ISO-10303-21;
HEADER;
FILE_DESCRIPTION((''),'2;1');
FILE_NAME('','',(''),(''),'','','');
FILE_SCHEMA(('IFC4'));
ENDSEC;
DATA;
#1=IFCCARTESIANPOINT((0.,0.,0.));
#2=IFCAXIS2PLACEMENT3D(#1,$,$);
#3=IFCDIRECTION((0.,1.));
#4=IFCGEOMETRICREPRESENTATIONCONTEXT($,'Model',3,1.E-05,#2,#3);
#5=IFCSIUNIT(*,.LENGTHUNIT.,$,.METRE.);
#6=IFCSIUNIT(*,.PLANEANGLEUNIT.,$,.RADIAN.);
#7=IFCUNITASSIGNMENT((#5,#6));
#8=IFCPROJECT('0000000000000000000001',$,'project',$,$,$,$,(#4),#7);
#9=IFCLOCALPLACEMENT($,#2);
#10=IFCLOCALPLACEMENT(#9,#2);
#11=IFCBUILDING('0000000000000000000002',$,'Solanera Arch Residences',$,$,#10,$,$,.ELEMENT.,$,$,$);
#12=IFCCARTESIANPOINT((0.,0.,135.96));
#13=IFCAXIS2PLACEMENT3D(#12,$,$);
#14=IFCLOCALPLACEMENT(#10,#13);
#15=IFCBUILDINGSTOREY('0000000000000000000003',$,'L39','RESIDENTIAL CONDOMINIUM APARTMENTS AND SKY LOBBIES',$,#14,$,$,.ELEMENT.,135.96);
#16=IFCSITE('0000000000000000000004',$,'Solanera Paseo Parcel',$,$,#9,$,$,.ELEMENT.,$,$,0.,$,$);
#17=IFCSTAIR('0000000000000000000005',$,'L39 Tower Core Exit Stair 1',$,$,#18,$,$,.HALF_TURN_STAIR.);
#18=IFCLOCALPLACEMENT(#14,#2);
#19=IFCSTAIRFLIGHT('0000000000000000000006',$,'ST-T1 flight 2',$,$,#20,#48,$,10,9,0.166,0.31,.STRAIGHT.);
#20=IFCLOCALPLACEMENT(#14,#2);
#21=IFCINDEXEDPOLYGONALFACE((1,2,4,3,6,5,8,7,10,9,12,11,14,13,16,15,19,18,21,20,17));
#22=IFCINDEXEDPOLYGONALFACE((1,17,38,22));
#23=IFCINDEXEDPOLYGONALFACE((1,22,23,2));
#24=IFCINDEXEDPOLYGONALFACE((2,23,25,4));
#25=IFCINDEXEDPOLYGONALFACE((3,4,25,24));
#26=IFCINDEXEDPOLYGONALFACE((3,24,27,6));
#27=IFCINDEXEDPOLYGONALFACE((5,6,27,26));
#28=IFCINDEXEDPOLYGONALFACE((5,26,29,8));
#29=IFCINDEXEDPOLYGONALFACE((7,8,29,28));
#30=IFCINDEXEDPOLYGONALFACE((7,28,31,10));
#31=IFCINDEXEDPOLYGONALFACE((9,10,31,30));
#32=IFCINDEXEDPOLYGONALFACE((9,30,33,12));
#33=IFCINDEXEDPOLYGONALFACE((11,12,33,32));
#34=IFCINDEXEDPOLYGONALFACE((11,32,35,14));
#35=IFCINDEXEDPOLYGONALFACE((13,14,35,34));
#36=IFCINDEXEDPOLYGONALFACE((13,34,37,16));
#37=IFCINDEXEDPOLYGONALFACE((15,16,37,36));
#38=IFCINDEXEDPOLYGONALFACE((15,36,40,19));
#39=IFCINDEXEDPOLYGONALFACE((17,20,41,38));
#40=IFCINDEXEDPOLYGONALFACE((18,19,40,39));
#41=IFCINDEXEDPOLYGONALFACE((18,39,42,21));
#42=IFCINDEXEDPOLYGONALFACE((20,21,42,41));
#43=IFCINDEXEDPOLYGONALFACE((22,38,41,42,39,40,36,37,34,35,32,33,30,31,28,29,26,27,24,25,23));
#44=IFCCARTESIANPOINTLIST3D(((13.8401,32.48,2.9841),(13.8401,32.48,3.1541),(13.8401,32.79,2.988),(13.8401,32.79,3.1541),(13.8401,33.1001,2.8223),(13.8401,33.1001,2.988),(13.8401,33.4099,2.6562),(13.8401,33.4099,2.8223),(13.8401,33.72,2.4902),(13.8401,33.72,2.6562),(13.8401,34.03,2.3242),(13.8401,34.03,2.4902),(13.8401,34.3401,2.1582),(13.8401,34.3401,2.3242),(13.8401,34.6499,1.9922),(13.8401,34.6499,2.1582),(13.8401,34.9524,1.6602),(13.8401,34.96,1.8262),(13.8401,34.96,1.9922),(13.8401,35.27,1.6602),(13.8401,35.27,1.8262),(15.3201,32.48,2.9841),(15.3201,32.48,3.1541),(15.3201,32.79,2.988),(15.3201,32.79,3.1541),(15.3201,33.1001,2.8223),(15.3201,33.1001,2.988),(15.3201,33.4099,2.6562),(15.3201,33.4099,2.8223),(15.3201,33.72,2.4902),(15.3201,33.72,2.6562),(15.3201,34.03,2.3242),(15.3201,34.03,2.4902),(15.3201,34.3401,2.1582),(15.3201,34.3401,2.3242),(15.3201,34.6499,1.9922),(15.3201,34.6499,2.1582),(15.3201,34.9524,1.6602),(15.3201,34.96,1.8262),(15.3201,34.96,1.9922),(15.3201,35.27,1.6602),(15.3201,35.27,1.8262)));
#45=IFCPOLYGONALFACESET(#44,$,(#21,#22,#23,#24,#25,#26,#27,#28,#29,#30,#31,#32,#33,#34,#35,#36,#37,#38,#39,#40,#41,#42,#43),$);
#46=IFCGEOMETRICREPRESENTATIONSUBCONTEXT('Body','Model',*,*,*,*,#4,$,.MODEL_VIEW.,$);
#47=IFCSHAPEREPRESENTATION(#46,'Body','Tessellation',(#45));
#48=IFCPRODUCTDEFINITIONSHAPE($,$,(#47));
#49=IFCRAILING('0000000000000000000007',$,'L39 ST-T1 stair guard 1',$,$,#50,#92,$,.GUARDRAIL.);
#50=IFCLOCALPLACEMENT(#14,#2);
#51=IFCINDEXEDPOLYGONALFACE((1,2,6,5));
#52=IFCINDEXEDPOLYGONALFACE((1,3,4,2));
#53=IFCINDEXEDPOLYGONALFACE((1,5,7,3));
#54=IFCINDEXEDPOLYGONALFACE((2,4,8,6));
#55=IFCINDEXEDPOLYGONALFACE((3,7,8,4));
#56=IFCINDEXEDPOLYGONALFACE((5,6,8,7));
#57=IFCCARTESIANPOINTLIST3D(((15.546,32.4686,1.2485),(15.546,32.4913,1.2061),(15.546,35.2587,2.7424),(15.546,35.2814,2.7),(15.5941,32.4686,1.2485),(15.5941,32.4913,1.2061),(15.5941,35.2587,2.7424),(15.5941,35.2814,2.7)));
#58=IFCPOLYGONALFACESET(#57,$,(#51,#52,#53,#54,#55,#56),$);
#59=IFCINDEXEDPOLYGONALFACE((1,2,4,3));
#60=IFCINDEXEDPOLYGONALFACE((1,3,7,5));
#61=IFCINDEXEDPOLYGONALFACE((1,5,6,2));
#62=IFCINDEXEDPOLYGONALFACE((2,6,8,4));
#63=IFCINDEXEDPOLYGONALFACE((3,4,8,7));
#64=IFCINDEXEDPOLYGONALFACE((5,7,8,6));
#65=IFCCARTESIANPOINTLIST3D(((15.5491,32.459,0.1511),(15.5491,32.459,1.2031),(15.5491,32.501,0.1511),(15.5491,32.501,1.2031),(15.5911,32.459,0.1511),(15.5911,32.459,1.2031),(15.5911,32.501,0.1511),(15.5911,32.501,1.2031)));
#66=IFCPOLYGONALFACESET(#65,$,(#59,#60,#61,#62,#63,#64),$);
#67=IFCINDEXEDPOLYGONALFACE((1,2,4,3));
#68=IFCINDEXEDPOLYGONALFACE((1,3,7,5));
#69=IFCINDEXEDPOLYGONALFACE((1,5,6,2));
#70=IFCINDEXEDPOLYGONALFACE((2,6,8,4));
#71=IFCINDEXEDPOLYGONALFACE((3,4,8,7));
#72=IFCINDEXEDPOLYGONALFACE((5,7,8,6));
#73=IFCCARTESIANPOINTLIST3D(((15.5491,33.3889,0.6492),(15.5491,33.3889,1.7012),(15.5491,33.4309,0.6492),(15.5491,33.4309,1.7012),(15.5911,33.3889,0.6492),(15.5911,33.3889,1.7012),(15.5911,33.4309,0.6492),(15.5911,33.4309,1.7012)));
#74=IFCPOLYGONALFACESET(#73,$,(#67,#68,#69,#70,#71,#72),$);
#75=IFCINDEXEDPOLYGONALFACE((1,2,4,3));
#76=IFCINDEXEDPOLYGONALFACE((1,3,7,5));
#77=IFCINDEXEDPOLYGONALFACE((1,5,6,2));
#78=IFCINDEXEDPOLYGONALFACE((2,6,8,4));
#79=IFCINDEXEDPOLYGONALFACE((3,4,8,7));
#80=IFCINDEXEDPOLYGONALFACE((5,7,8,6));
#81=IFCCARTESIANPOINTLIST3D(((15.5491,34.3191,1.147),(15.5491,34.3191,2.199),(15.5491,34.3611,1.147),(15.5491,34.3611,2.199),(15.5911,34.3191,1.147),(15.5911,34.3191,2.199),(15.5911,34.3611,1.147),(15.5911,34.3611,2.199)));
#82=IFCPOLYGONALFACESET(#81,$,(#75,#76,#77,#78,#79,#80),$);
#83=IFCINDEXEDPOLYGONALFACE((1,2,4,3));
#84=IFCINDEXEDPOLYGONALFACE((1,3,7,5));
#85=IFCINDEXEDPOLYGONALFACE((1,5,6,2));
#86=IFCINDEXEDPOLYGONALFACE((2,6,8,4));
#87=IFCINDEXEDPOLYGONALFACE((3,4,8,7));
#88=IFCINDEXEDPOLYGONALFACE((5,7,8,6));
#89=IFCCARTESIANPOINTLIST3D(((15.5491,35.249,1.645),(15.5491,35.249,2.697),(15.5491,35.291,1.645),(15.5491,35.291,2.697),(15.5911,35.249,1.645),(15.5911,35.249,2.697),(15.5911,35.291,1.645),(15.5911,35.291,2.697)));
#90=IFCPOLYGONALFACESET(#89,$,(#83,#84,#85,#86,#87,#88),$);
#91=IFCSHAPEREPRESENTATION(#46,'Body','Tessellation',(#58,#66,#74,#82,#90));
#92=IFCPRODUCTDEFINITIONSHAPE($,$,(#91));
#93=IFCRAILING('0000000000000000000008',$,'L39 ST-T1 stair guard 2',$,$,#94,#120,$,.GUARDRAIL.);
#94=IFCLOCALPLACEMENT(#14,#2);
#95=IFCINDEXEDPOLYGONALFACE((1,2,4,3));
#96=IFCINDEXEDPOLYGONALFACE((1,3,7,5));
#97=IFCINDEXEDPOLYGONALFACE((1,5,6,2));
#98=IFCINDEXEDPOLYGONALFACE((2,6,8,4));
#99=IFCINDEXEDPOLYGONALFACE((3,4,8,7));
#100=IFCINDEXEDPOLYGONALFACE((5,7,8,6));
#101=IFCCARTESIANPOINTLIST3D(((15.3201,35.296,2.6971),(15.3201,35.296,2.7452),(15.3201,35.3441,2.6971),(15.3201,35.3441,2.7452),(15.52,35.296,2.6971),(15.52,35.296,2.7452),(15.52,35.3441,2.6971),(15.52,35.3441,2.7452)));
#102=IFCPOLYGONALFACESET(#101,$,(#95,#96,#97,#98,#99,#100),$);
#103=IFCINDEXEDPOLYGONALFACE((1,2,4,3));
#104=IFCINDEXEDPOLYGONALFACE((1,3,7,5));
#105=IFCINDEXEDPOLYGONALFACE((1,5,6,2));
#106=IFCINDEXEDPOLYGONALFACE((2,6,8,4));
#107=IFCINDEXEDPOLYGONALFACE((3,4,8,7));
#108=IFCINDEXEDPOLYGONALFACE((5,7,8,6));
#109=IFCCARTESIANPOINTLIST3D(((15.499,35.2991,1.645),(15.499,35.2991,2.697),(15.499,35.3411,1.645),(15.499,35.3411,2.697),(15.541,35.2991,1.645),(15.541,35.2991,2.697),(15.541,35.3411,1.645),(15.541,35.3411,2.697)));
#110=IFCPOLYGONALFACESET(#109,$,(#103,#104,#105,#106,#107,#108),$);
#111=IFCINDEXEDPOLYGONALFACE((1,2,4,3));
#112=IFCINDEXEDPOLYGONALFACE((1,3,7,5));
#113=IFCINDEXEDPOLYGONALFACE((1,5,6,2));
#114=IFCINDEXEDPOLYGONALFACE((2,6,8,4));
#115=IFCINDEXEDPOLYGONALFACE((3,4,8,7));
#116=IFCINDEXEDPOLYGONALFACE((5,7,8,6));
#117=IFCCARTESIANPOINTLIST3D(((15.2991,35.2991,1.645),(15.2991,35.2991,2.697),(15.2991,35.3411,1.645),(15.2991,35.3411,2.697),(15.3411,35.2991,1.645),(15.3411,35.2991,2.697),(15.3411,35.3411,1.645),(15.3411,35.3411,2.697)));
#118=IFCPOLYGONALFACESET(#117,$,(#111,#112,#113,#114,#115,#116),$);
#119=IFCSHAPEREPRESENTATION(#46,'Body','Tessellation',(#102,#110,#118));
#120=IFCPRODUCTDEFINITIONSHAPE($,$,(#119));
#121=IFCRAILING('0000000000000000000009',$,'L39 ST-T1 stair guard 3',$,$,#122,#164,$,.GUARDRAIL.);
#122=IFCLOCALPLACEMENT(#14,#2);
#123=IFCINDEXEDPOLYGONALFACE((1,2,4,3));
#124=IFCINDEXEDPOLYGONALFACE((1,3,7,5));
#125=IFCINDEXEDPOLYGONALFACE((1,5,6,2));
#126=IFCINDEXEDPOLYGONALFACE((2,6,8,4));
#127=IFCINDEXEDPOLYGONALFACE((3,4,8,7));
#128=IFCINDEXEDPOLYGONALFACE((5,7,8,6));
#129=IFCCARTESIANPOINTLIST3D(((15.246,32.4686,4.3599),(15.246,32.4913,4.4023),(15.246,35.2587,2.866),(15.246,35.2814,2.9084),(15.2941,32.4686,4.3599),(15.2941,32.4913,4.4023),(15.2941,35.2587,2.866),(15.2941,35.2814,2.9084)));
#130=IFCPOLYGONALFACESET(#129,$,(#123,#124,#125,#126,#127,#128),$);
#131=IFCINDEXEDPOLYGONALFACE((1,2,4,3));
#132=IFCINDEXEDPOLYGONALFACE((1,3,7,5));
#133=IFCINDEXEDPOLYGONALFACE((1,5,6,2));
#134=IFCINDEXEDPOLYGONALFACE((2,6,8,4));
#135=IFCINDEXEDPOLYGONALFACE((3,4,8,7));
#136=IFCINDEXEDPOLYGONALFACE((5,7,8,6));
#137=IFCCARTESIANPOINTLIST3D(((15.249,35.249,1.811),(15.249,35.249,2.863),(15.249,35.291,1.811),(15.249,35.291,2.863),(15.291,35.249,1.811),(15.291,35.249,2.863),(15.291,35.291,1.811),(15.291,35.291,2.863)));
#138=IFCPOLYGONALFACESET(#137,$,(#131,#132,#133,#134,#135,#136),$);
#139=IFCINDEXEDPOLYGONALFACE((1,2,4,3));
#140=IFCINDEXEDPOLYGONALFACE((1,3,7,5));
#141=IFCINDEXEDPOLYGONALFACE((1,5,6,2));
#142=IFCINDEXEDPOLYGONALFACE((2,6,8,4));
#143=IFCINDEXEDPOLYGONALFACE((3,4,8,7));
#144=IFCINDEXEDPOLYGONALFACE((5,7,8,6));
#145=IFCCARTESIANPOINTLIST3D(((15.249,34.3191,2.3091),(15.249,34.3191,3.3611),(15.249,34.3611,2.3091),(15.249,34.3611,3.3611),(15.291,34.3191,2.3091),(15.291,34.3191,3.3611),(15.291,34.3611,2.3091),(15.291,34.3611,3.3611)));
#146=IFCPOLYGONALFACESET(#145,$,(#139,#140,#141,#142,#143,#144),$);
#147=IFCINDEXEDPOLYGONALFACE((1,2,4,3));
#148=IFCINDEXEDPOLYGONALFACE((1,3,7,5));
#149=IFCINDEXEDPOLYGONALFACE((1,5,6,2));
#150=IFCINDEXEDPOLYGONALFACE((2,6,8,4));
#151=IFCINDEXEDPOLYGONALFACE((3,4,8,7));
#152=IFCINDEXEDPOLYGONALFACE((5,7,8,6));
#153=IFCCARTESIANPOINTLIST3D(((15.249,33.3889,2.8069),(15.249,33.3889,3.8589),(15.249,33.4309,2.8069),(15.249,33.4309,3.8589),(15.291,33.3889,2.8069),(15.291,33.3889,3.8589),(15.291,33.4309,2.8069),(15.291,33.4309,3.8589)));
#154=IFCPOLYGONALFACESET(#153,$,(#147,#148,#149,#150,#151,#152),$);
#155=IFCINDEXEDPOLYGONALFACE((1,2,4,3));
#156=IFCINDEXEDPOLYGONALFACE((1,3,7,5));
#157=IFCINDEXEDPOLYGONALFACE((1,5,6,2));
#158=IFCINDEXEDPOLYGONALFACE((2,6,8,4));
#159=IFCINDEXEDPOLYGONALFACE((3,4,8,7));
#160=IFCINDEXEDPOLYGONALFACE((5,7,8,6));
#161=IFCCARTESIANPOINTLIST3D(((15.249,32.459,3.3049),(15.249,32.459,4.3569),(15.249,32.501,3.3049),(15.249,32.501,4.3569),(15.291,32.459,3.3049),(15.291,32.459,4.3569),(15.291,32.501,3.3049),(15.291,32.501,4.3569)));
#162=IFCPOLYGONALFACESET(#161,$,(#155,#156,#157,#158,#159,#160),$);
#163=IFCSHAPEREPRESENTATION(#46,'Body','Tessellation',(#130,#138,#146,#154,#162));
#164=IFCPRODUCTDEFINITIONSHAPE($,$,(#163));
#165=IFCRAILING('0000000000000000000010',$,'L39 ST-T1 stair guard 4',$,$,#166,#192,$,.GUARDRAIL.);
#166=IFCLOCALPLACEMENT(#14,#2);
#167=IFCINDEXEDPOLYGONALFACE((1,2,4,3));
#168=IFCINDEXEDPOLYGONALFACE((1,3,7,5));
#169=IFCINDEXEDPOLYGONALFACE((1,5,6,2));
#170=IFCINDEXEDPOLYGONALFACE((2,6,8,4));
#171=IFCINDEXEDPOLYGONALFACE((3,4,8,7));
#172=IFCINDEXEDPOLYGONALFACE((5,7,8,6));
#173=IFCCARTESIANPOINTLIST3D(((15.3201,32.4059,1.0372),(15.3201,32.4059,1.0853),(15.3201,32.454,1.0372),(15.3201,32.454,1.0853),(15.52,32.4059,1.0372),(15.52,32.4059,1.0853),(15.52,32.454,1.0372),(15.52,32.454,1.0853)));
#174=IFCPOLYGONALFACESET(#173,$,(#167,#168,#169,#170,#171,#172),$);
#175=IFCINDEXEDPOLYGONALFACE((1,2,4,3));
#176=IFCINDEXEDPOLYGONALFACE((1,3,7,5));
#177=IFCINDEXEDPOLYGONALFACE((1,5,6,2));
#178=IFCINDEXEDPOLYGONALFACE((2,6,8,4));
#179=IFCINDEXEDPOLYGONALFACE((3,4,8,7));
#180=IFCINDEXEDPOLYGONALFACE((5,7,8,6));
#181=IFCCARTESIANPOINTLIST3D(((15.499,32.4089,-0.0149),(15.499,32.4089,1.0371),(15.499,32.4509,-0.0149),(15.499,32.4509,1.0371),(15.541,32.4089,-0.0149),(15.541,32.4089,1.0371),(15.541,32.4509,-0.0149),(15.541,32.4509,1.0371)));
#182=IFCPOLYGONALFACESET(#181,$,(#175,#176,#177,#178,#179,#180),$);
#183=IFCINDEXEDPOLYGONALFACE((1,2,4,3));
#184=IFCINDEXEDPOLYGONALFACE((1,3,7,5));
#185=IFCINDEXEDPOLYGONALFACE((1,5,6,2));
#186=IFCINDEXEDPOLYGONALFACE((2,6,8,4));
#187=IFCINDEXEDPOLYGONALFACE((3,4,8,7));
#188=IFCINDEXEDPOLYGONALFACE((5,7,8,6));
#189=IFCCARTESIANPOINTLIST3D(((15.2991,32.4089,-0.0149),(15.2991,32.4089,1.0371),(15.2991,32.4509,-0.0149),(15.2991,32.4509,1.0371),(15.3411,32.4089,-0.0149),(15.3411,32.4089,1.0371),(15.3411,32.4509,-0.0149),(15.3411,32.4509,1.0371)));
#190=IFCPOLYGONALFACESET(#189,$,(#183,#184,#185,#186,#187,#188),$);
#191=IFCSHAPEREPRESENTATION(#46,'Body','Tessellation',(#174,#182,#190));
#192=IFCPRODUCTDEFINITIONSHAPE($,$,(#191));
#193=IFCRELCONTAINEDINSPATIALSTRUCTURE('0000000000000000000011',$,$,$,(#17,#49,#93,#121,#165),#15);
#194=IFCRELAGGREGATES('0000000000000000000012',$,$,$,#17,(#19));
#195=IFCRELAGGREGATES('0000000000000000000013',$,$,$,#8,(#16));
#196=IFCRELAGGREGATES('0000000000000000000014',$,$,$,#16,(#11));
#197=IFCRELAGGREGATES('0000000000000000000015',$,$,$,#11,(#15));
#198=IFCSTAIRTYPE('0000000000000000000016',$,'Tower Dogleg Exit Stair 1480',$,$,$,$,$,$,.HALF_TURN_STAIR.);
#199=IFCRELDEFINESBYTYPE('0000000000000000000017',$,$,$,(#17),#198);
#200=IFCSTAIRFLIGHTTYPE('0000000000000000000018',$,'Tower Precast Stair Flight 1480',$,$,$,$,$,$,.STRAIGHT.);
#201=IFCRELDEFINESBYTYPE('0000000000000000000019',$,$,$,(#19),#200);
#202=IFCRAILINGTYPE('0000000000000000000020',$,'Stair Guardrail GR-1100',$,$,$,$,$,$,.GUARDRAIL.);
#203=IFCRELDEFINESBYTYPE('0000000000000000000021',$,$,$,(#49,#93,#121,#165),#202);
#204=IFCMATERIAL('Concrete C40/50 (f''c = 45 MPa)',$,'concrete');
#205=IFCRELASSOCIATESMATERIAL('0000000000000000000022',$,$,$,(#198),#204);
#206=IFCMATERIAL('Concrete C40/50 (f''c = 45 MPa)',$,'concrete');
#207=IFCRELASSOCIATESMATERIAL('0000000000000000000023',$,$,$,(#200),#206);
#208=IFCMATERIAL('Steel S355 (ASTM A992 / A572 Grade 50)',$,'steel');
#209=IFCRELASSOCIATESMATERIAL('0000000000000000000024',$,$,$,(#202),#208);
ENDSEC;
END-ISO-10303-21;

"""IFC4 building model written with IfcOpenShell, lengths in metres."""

from ifc_helpers import new_model, si_unit, direction, frame, origin, origin_2d, place, context, subcontext, project, spatial, polyline, rectangle, outline, extrude, material, type_object, element, aggregate, save


model = new_model("IFC4")

# Units and contexts
model_context = context("Model", 3, precision=1e-05, world=origin(), true_north=direction((0.0, 1.0)))
body_context = subcontext(model_context, "Body", "Model", "MODEL_VIEW")
ifc_project = project(units=[si_unit("LENGTHUNIT", "METRE"), si_unit("PLANEANGLEUNIT", "RADIAN")], contexts=[model_context])

# Site, building, storey
site_placement = place(None, origin())
site = spatial("IfcSite", under=ifc_project, at=site_placement, Name="Solanera Paseo Parcel", CompositionType="ELEMENT", RefElevation=0.0)
building_placement = place(site_placement, origin())
building = spatial("IfcBuilding", under=site, at=building_placement, Name="Solanera Arch Residences", CompositionType="ELEMENT")
storey_placement = place(building_placement, frame((0.0, 0.0, 135.96)))
storey = spatial("IfcBuildingStorey", under=building, at=storey_placement, Name="L39", Description="RESIDENTIAL CONDOMINIUM APARTMENTS AND SKY LOBBIES", CompositionType="ELEMENT", Elevation=135.96)

# Stair, stair flight
ifc_material_1 = material(Name="Concrete C40/50 (f'c = 45 MPa)", Category="concrete")
stair_type = type_object("IfcStairType", Name="Tower Dogleg Exit Stair 1480", PredefinedType="HALF_TURN_STAIR", material=ifc_material_1)
stair_placement = place(storey_placement, origin())
stair = element("IfcStair", 1, at=stair_placement, inside=storey, type_object=stair_type, Name="L39 Tower Core Exit Stair 1", PredefinedType="HALF_TURN_STAIR")
ifc_material_2 = material(Name="Concrete C40/50 (f'c = 45 MPa)", Category="concrete")
stair_flight_type = type_object("IfcStairFlightType", Name="Tower Precast Stair Flight 1480", PredefinedType="STRAIGHT", material=ifc_material_2)
stair_flight_1_placement = place(storey_placement, frame((14.5801, 35.27, 1.6602), z_axis=(0.0, 0.0, 1.0), x_axis=(0.0, -1.0, 0.0)))
stair_flight_1 = element("IfcStairFlight", 2, at=stair_flight_1_placement, type_object=stair_flight_type, Name="ST-T1 flight 2", NumberOfRisers=10, NumberOfTreads=9, PredefinedType="STRAIGHT", RiserHeight=0.166, TreadLength=0.31, context=body_context, shape_type="SweptSolid", body=[
    extrude(outline(polyline([(0.0, 0.0), (0.0, 0.166), (0.3101, 0.166), (0.3101, 0.332), (0.6201, 0.332), (0.6201, 0.498), (0.9299, 0.498), (0.9299, 0.6641), (1.24, 0.6641), (1.24, 0.8301), (1.55, 0.8301), (1.55, 0.9961), (1.8601, 0.9961), (1.8601, 1.1621), (2.1699, 1.1621), (2.1699, 1.3279), (2.48, 1.3279), (2.48, 1.4939), (2.79, 1.4939), (2.79, 1.6599), (2.79, 1.324), (0.3176, 0.0), (0.0, 0.0)])), frame((0.0, 0.74, 0.0), z_axis=(0.0, -1.0, 0.0), x_axis=(1.0, 0.0, 0.0)), (0.0, 0.0, 1.0), 1.48),
])
aggregate(stair, [stair_flight_1])

# Railings
ifc_material_3 = material(Name="Steel S355 (ASTM A992 / A572 Grade 50)", Category="steel")
railing_type_1 = type_object("IfcRailingType", Name="Stair Guardrail GR-1100", PredefinedType="GUARDRAIL", material=ifc_material_3)
railing_1_placement = place(storey_placement, frame((15.5701, 32.48, 0.1511)))
element("IfcRailing", 3, at=railing_1_placement, inside=storey, type_object=railing_type_1, Name="L39 ST-T1 stair guard 1", PredefinedType="GUARDRAIL", context=body_context, shape_type="SweptSolid", body=[
    extrude(rectangle(XDim=0.0481, YDim=0.0481, at=origin_2d()), frame((0.0, 0.0, 1.0762), z_axis=(0.0, 0.881581, 0.472033), x_axis=(-1.0, 0.0, 0.0)), (0.0, 0.0, 1.0), 3.1648),
    extrude(rectangle(XDim=0.042, YDim=0.042, at=origin_2d()), origin(), (0.0, 0.0, 1.0), 1.052),
    extrude(rectangle(XDim=0.042, YDim=0.042, at=origin_2d()), frame((0.0, 0.9299, 0.498)), (0.0, 0.0, 1.0), 1.052),
    extrude(rectangle(XDim=0.042, YDim=0.042, at=origin_2d()), frame((0.0, 1.8601, 0.9958)), (0.0, 0.0, 1.0), 1.052),
    extrude(rectangle(XDim=0.042, YDim=0.042, at=origin_2d()), frame((0.0, 2.79, 1.4939)), (0.0, 0.0, 1.0), 1.052),
])
railing_2_placement = place(storey_placement, frame((15.52, 35.3201, 1.645)))
element("IfcRailing", 4, at=railing_2_placement, inside=storey, type_object=railing_type_1, Name="L39 ST-T1 stair guard 2", PredefinedType="GUARDRAIL", context=body_context, shape_type="SweptSolid", body=[
    extrude(rectangle(XDim=0.0481, YDim=0.0481, at=origin_2d()), frame((0.0, 0.0, 1.0762), z_axis=(-1.0, 0.0, 0.0), x_axis=(0.0, -1.0, 0.0)), (0.0, 0.0, 1.0), 0.2),
    extrude(rectangle(XDim=0.042, YDim=0.042, at=origin_2d()), origin(), (0.0, 0.0, 1.0), 1.052),
    extrude(rectangle(XDim=0.042, YDim=0.042, at=origin_2d()), frame((-0.2, 0.0, 0.0)), (0.0, 0.0, 1.0), 1.052),
])
railing_3_placement = place(storey_placement, frame((15.27, 35.27, 1.811)))
element("IfcRailing", 5, at=railing_3_placement, inside=storey, type_object=railing_type_1, Name="L39 ST-T1 stair guard 3", PredefinedType="GUARDRAIL", context=body_context, shape_type="SweptSolid", body=[
    extrude(rectangle(XDim=0.0481, YDim=0.0481, at=origin_2d()), frame((0.0, 0.0, 1.0762), z_axis=(0.0, -0.881581, 0.472033), x_axis=(1.0, 0.0, 0.0)), (0.0, 0.0, 1.0), 3.1648),
    extrude(rectangle(XDim=0.042, YDim=0.042, at=origin_2d()), origin(), (0.0, 0.0, 1.0), 1.052),
    extrude(rectangle(XDim=0.042, YDim=0.042, at=origin_2d()), frame((0.0, -0.9299, 0.498)), (0.0, 0.0, 1.0), 1.052),
    extrude(rectangle(XDim=0.042, YDim=0.042, at=origin_2d()), frame((0.0, -1.8601, 0.9958)), (0.0, 0.0, 1.0), 1.052),
    extrude(rectangle(XDim=0.042, YDim=0.042, at=origin_2d()), frame((0.0, -2.79, 1.4939)), (0.0, 0.0, 1.0), 1.052),
])
railing_4_placement = place(storey_placement, frame((15.52, 32.4299, -0.0149)))
element("IfcRailing", 6, at=railing_4_placement, inside=storey, type_object=railing_type_1, Name="L39 ST-T1 stair guard 4", PredefinedType="GUARDRAIL", context=body_context, shape_type="SweptSolid", body=[
    extrude(rectangle(XDim=0.0481, YDim=0.0481, at=origin_2d()), frame((0.0, 0.0, 1.0762), z_axis=(-1.0, 0.0, 0.0), x_axis=(0.0, -1.0, 0.0)), (0.0, 0.0, 1.0), 0.2),
    extrude(rectangle(XDim=0.042, YDim=0.042, at=origin_2d()), origin(), (0.0, 0.0, 1.0), 1.052),
    extrude(rectangle(XDim=0.042, YDim=0.042, at=origin_2d()), frame((-0.2, 0.0, 0.0)), (0.0, 0.0, 1.0), 1.052),
])

save(model, "model.ifc")
